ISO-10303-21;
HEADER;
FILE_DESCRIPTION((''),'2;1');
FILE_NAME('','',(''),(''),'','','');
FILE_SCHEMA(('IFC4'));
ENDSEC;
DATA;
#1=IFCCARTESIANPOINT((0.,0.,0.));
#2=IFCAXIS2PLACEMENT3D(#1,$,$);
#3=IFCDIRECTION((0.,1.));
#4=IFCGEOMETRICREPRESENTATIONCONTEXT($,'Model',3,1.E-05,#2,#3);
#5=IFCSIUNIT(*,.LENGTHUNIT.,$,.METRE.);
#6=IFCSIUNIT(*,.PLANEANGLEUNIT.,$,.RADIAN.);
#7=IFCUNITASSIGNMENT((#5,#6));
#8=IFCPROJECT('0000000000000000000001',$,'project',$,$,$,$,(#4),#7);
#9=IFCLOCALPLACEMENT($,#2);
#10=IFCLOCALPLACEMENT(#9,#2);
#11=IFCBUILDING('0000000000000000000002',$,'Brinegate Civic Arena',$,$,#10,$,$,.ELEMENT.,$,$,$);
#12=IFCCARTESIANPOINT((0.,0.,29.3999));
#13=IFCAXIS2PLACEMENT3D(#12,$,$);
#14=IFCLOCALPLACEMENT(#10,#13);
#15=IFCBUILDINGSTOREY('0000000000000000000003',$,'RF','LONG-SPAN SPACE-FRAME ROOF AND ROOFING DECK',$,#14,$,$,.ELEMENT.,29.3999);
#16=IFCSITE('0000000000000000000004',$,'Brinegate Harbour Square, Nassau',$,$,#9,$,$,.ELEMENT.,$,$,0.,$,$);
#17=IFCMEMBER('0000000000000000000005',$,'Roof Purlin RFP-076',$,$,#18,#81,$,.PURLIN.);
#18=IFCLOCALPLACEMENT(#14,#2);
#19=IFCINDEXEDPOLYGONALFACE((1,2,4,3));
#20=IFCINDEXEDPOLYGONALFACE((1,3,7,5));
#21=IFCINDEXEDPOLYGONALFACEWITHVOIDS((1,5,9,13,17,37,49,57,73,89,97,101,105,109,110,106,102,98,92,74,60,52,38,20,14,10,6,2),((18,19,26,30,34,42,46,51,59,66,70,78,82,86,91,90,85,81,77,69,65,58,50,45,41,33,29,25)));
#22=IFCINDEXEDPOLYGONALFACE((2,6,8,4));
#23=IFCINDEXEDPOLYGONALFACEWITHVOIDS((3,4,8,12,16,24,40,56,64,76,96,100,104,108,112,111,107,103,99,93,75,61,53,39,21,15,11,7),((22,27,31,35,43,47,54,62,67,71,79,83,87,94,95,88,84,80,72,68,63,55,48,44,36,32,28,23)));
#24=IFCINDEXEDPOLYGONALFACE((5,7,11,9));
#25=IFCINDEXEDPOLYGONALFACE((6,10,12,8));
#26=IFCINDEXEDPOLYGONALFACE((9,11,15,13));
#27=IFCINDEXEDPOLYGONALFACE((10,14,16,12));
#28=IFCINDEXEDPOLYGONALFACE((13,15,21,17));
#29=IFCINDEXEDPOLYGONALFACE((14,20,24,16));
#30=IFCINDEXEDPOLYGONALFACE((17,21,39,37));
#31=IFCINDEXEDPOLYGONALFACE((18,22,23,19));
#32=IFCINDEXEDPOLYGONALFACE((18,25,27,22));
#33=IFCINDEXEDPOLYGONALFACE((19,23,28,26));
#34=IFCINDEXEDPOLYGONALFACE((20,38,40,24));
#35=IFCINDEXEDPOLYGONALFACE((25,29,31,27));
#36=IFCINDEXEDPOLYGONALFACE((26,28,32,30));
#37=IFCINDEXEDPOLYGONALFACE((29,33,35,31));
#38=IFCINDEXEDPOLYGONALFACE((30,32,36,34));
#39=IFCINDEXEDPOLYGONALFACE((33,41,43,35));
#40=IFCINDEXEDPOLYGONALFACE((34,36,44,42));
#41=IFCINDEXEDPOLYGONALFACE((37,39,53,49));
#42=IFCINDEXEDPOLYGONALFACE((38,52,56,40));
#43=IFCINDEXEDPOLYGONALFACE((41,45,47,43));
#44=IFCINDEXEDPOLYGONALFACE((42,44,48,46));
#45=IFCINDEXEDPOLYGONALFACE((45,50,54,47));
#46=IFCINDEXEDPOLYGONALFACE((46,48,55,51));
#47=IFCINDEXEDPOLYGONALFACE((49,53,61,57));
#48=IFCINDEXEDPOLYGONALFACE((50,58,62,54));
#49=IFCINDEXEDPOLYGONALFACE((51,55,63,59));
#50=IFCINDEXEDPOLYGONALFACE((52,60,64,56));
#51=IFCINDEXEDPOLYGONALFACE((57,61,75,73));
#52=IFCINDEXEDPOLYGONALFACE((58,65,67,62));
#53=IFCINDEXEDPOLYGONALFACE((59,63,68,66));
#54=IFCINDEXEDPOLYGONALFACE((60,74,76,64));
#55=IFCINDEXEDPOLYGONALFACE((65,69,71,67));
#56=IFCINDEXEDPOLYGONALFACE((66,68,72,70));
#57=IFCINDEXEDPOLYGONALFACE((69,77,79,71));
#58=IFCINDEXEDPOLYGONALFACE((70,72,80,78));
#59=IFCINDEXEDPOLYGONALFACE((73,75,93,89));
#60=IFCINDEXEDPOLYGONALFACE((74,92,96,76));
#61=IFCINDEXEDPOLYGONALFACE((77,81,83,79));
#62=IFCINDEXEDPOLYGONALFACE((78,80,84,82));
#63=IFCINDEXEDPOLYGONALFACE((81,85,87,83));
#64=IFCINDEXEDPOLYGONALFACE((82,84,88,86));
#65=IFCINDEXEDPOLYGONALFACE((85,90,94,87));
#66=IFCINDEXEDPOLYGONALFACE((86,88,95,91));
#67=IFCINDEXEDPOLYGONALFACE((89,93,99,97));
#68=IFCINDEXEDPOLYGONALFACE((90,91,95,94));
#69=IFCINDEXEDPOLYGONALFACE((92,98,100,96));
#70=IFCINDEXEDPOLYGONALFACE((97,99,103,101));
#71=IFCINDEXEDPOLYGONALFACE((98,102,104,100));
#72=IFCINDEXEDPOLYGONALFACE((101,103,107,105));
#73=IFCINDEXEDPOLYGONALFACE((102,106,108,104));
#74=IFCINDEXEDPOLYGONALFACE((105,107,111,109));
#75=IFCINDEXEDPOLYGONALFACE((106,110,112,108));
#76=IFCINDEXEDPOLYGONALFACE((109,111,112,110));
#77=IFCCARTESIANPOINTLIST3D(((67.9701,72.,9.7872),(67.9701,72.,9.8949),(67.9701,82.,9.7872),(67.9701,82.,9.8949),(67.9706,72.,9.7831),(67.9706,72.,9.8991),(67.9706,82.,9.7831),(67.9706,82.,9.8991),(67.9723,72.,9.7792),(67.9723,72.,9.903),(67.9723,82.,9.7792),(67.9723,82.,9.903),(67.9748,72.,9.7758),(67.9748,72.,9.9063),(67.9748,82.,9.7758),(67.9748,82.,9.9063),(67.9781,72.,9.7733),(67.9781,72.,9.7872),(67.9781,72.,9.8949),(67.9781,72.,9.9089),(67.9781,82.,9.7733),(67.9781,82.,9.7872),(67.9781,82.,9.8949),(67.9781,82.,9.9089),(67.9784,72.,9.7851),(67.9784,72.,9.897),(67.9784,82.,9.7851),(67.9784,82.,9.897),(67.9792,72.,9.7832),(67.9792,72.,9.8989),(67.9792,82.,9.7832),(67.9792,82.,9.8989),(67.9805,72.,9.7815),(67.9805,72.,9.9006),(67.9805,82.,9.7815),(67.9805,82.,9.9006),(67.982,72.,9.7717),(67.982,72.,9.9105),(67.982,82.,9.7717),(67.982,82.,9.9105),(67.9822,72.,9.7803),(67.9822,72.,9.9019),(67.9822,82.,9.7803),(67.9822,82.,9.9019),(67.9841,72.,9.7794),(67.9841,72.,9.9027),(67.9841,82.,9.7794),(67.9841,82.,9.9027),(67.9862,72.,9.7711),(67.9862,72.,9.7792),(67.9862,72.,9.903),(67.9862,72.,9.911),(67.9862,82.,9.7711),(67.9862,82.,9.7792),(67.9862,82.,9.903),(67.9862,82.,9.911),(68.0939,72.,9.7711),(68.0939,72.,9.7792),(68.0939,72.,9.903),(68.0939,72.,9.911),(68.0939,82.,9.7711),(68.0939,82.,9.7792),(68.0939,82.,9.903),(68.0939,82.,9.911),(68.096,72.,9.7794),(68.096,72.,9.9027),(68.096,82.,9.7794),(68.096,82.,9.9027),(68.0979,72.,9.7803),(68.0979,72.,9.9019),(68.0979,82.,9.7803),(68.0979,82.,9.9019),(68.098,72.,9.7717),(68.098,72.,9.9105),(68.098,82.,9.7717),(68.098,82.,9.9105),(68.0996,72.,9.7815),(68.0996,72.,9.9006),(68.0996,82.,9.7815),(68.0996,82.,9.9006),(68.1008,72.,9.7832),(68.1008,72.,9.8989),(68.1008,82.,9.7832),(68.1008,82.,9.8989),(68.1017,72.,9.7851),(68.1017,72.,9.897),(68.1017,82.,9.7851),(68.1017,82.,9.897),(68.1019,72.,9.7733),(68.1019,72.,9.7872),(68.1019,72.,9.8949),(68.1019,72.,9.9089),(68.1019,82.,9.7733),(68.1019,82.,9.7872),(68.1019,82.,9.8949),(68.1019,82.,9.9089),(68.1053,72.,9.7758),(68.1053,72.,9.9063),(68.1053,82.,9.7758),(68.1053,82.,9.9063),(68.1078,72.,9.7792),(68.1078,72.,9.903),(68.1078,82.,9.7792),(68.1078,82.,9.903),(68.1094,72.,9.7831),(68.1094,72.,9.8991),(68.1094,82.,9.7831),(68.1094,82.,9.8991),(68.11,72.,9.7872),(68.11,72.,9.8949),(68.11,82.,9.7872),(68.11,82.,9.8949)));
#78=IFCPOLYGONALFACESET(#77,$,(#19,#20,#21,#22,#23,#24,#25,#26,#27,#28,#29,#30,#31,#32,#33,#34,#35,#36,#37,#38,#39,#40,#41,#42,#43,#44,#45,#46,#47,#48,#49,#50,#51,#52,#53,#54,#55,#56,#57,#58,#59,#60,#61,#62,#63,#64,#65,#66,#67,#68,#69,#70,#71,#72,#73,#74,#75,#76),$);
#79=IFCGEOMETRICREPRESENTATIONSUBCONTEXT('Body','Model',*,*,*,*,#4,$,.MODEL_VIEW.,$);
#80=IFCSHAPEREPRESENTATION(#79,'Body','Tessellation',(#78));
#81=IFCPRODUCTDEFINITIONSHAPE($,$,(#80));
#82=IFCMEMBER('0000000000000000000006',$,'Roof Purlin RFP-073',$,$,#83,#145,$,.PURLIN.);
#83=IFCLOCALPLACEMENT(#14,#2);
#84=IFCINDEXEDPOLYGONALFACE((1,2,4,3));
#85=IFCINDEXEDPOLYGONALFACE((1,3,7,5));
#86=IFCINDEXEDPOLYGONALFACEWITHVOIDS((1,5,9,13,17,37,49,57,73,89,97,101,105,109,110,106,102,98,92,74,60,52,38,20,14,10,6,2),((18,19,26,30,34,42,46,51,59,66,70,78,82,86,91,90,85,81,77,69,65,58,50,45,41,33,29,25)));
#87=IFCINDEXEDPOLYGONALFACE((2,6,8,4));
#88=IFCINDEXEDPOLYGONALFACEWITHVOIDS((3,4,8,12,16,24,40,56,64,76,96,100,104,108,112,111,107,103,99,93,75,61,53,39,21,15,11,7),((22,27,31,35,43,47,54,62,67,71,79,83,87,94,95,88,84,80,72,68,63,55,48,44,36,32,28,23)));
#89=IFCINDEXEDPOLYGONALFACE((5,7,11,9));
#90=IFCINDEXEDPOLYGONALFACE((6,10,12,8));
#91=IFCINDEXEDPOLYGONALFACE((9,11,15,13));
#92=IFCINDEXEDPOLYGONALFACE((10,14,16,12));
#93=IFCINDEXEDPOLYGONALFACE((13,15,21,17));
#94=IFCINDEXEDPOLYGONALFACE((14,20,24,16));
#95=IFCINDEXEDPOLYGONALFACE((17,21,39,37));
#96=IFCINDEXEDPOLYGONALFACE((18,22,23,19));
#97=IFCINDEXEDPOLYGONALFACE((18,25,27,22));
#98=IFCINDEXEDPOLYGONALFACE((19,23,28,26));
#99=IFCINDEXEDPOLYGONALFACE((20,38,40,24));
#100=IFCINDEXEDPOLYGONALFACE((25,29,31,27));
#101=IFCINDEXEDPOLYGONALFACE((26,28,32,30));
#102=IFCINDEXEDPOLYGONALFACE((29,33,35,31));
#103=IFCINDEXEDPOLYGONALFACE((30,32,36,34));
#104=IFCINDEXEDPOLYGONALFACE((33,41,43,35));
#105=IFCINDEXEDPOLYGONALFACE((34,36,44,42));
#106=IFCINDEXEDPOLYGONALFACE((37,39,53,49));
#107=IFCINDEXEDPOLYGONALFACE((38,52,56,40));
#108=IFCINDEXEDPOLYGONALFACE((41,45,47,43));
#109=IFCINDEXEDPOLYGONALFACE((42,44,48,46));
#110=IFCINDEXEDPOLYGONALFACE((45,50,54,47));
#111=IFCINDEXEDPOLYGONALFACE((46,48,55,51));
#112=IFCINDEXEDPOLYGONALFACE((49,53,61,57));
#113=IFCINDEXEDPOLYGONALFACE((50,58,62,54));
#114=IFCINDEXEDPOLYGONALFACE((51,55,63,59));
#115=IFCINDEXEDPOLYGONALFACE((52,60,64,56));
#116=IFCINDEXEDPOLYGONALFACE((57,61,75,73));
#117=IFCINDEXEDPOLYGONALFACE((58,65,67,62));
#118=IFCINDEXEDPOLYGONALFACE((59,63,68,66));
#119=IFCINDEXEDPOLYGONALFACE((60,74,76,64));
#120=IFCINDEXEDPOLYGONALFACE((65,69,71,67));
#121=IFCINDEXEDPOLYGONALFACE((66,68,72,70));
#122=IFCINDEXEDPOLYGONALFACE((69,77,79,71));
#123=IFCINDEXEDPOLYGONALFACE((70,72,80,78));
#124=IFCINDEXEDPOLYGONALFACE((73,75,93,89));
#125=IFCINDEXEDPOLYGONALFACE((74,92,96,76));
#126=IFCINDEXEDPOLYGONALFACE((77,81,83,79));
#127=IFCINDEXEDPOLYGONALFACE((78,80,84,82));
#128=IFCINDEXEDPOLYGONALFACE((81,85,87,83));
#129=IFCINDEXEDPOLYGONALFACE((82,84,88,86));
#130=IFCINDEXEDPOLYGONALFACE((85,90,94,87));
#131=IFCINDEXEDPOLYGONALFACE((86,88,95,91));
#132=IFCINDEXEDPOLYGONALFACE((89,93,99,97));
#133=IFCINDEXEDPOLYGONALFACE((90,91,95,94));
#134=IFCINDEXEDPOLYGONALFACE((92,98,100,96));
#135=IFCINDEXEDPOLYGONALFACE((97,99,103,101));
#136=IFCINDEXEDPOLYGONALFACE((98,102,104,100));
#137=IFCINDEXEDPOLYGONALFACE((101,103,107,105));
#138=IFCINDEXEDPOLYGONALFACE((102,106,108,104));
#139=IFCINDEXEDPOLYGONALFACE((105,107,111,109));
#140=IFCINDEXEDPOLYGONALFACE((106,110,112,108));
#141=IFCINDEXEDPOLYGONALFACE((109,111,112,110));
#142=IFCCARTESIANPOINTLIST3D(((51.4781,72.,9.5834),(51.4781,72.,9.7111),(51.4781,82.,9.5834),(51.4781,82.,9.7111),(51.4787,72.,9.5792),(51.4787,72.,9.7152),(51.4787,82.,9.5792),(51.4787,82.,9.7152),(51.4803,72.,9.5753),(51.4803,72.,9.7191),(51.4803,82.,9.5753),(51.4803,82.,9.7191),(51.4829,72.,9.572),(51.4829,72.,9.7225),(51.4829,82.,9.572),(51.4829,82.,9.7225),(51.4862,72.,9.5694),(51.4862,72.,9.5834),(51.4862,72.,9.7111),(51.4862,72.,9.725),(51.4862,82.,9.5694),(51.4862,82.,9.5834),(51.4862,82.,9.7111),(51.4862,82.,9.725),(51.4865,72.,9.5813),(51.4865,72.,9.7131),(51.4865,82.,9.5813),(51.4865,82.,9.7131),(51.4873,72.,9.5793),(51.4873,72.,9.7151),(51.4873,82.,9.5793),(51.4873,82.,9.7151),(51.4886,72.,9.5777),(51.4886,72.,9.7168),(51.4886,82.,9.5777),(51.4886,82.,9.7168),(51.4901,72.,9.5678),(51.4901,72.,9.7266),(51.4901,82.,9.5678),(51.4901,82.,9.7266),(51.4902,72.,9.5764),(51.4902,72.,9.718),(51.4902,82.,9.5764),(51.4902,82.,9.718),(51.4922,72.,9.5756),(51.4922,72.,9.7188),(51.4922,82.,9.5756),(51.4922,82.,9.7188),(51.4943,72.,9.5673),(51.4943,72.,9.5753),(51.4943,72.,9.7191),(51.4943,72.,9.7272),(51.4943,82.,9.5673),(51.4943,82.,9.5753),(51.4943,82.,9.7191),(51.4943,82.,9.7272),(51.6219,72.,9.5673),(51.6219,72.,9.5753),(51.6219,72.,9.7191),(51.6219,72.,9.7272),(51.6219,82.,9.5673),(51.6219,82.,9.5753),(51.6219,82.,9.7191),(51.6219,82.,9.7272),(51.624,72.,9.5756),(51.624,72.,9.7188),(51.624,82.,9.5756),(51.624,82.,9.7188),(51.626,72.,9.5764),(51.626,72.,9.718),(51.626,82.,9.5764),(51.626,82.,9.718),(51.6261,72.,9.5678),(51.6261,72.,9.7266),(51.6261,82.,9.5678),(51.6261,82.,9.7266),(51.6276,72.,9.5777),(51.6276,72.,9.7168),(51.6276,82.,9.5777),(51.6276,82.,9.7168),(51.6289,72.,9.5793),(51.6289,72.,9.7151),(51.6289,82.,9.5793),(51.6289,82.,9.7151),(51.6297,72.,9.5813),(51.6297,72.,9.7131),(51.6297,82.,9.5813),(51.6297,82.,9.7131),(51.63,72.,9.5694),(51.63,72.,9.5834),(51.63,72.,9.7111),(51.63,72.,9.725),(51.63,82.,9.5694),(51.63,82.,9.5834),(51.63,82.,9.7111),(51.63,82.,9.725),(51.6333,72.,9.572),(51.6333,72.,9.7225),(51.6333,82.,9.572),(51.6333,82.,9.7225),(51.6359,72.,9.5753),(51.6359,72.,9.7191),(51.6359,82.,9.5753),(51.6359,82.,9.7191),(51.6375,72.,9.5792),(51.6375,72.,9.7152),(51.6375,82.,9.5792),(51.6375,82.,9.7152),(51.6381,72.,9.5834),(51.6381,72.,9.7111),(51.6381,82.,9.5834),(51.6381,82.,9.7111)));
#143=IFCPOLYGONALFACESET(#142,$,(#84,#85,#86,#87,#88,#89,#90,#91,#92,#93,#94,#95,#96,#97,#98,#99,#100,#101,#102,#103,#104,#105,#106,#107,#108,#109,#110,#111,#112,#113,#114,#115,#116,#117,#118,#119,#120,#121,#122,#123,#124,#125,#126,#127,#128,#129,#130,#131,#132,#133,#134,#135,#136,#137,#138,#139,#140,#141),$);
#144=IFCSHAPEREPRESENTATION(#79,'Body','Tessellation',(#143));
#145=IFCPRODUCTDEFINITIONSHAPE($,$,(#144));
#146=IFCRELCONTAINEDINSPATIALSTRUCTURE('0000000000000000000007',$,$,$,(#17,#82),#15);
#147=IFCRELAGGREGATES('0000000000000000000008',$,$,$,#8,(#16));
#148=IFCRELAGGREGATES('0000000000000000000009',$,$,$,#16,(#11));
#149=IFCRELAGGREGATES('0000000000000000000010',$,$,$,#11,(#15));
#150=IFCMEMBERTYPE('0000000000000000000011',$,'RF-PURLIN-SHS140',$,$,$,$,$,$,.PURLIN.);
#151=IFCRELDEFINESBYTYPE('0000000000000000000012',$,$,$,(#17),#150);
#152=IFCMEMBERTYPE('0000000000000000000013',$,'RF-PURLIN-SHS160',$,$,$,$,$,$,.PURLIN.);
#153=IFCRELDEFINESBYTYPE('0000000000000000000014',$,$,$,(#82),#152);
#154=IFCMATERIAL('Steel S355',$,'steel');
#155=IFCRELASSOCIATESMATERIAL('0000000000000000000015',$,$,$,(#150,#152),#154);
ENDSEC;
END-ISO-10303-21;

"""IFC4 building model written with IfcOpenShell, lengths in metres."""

from ifc_helpers import new_model, si_unit, direction, frame, origin, origin_2d, place, context, subcontext, project, spatial, hollow_rectangle, extrude, material, material_profile, profile_set, type_object, element, save


model = new_model("IFC4")

# Units and contexts
model_context = context("Model", 3, precision=1e-05, world=origin(), true_north=direction((0.0, 1.0)))
body_context = subcontext(model_context, "Body", "Model", "MODEL_VIEW")
ifc_project = project(units=[si_unit("LENGTHUNIT", "METRE"), si_unit("PLANEANGLEUNIT", "RADIAN")], contexts=[model_context])

# Site, building, storey
site_placement = place(None, origin())
site = spatial("IfcSite", under=ifc_project, at=site_placement, Name="Brinegate Harbour Square, Nassau", CompositionType="ELEMENT", RefElevation=0.0)
building_placement = place(site_placement, origin())
building = spatial("IfcBuilding", under=site, at=building_placement, Name="Brinegate Civic Arena", CompositionType="ELEMENT")
storey_placement = place(building_placement, frame((0.0, 0.0, 29.3999)))
storey = spatial("IfcBuildingStorey", under=building, at=storey_placement, Name="RF", Description="LONG-SPAN SPACE-FRAME ROOF AND ROOFING DECK", CompositionType="ELEMENT", Elevation=29.3999)

# Shared definitions
ifc_material_1 = material(Name="Steel S355", Category="steel")

# Members
ifc_material_profile_1 = material_profile(ifc_material_1, hollow_rectangle(XDim=0.1399, YDim=0.1399, WallThickness=0.0081, InnerFilletRadius=0.0081, OuterFilletRadius=0.0161, at=origin_2d()), Name="SHS140X8")
ifc_profile_set_1 = profile_set([ifc_material_profile_1], Name="Steel S355")
member_type_1 = type_object("IfcMemberType", Name="RF-PURLIN-SHS140", PredefinedType="PURLIN", material=ifc_profile_set_1)
for number, where, z_axis, x_axis, name in (
    (1, (68.04, 72.0, 9.8411), (0.0, 1.0, 0.0), (-1.0, 0.0, 0.0), "Roof Purlin RFP-076"),
):
    element("IfcMember", number, at=place(storey_placement, frame(where, z_axis=z_axis, x_axis=x_axis)), inside=storey, type_object=member_type_1, Name=name, PredefinedType="PURLIN", context=body_context, shape_type="SweptSolid", body=[
        extrude(hollow_rectangle(XDim=0.1399, YDim=0.1399, WallThickness=0.0081, InnerFilletRadius=0.0081, OuterFilletRadius=0.0161, at=origin_2d()), origin(), (0.0, 0.0, 1.0), 10.0),
    ])
ifc_material_profile_2 = material_profile(ifc_material_1, hollow_rectangle(XDim=0.1599, YDim=0.1599, WallThickness=0.0081, InnerFilletRadius=0.0081, OuterFilletRadius=0.0161, at=origin_2d()), Name="SHS160X8")
ifc_profile_set_2 = profile_set([ifc_material_profile_2], Name="Steel S355")
member_type_2 = type_object("IfcMemberType", Name="RF-PURLIN-SHS160", PredefinedType="PURLIN", material=ifc_profile_set_2)
for number, where, z_axis, x_axis, name in (
    (2, (51.5581, 72.0, 9.6472), (0.0, 1.0, 0.0), (-1.0, 0.0, 0.0), "Roof Purlin RFP-073"),
):
    element("IfcMember", number, at=place(storey_placement, frame(where, z_axis=z_axis, x_axis=x_axis)), inside=storey, type_object=member_type_2, Name=name, PredefinedType="PURLIN", context=body_context, shape_type="SweptSolid", body=[
        extrude(hollow_rectangle(XDim=0.1599, YDim=0.1599, WallThickness=0.0081, InnerFilletRadius=0.0081, OuterFilletRadius=0.0161, at=origin_2d()), origin(), (0.0, 0.0, 1.0), 10.0),
    ])

save(model, "model.ifc")
